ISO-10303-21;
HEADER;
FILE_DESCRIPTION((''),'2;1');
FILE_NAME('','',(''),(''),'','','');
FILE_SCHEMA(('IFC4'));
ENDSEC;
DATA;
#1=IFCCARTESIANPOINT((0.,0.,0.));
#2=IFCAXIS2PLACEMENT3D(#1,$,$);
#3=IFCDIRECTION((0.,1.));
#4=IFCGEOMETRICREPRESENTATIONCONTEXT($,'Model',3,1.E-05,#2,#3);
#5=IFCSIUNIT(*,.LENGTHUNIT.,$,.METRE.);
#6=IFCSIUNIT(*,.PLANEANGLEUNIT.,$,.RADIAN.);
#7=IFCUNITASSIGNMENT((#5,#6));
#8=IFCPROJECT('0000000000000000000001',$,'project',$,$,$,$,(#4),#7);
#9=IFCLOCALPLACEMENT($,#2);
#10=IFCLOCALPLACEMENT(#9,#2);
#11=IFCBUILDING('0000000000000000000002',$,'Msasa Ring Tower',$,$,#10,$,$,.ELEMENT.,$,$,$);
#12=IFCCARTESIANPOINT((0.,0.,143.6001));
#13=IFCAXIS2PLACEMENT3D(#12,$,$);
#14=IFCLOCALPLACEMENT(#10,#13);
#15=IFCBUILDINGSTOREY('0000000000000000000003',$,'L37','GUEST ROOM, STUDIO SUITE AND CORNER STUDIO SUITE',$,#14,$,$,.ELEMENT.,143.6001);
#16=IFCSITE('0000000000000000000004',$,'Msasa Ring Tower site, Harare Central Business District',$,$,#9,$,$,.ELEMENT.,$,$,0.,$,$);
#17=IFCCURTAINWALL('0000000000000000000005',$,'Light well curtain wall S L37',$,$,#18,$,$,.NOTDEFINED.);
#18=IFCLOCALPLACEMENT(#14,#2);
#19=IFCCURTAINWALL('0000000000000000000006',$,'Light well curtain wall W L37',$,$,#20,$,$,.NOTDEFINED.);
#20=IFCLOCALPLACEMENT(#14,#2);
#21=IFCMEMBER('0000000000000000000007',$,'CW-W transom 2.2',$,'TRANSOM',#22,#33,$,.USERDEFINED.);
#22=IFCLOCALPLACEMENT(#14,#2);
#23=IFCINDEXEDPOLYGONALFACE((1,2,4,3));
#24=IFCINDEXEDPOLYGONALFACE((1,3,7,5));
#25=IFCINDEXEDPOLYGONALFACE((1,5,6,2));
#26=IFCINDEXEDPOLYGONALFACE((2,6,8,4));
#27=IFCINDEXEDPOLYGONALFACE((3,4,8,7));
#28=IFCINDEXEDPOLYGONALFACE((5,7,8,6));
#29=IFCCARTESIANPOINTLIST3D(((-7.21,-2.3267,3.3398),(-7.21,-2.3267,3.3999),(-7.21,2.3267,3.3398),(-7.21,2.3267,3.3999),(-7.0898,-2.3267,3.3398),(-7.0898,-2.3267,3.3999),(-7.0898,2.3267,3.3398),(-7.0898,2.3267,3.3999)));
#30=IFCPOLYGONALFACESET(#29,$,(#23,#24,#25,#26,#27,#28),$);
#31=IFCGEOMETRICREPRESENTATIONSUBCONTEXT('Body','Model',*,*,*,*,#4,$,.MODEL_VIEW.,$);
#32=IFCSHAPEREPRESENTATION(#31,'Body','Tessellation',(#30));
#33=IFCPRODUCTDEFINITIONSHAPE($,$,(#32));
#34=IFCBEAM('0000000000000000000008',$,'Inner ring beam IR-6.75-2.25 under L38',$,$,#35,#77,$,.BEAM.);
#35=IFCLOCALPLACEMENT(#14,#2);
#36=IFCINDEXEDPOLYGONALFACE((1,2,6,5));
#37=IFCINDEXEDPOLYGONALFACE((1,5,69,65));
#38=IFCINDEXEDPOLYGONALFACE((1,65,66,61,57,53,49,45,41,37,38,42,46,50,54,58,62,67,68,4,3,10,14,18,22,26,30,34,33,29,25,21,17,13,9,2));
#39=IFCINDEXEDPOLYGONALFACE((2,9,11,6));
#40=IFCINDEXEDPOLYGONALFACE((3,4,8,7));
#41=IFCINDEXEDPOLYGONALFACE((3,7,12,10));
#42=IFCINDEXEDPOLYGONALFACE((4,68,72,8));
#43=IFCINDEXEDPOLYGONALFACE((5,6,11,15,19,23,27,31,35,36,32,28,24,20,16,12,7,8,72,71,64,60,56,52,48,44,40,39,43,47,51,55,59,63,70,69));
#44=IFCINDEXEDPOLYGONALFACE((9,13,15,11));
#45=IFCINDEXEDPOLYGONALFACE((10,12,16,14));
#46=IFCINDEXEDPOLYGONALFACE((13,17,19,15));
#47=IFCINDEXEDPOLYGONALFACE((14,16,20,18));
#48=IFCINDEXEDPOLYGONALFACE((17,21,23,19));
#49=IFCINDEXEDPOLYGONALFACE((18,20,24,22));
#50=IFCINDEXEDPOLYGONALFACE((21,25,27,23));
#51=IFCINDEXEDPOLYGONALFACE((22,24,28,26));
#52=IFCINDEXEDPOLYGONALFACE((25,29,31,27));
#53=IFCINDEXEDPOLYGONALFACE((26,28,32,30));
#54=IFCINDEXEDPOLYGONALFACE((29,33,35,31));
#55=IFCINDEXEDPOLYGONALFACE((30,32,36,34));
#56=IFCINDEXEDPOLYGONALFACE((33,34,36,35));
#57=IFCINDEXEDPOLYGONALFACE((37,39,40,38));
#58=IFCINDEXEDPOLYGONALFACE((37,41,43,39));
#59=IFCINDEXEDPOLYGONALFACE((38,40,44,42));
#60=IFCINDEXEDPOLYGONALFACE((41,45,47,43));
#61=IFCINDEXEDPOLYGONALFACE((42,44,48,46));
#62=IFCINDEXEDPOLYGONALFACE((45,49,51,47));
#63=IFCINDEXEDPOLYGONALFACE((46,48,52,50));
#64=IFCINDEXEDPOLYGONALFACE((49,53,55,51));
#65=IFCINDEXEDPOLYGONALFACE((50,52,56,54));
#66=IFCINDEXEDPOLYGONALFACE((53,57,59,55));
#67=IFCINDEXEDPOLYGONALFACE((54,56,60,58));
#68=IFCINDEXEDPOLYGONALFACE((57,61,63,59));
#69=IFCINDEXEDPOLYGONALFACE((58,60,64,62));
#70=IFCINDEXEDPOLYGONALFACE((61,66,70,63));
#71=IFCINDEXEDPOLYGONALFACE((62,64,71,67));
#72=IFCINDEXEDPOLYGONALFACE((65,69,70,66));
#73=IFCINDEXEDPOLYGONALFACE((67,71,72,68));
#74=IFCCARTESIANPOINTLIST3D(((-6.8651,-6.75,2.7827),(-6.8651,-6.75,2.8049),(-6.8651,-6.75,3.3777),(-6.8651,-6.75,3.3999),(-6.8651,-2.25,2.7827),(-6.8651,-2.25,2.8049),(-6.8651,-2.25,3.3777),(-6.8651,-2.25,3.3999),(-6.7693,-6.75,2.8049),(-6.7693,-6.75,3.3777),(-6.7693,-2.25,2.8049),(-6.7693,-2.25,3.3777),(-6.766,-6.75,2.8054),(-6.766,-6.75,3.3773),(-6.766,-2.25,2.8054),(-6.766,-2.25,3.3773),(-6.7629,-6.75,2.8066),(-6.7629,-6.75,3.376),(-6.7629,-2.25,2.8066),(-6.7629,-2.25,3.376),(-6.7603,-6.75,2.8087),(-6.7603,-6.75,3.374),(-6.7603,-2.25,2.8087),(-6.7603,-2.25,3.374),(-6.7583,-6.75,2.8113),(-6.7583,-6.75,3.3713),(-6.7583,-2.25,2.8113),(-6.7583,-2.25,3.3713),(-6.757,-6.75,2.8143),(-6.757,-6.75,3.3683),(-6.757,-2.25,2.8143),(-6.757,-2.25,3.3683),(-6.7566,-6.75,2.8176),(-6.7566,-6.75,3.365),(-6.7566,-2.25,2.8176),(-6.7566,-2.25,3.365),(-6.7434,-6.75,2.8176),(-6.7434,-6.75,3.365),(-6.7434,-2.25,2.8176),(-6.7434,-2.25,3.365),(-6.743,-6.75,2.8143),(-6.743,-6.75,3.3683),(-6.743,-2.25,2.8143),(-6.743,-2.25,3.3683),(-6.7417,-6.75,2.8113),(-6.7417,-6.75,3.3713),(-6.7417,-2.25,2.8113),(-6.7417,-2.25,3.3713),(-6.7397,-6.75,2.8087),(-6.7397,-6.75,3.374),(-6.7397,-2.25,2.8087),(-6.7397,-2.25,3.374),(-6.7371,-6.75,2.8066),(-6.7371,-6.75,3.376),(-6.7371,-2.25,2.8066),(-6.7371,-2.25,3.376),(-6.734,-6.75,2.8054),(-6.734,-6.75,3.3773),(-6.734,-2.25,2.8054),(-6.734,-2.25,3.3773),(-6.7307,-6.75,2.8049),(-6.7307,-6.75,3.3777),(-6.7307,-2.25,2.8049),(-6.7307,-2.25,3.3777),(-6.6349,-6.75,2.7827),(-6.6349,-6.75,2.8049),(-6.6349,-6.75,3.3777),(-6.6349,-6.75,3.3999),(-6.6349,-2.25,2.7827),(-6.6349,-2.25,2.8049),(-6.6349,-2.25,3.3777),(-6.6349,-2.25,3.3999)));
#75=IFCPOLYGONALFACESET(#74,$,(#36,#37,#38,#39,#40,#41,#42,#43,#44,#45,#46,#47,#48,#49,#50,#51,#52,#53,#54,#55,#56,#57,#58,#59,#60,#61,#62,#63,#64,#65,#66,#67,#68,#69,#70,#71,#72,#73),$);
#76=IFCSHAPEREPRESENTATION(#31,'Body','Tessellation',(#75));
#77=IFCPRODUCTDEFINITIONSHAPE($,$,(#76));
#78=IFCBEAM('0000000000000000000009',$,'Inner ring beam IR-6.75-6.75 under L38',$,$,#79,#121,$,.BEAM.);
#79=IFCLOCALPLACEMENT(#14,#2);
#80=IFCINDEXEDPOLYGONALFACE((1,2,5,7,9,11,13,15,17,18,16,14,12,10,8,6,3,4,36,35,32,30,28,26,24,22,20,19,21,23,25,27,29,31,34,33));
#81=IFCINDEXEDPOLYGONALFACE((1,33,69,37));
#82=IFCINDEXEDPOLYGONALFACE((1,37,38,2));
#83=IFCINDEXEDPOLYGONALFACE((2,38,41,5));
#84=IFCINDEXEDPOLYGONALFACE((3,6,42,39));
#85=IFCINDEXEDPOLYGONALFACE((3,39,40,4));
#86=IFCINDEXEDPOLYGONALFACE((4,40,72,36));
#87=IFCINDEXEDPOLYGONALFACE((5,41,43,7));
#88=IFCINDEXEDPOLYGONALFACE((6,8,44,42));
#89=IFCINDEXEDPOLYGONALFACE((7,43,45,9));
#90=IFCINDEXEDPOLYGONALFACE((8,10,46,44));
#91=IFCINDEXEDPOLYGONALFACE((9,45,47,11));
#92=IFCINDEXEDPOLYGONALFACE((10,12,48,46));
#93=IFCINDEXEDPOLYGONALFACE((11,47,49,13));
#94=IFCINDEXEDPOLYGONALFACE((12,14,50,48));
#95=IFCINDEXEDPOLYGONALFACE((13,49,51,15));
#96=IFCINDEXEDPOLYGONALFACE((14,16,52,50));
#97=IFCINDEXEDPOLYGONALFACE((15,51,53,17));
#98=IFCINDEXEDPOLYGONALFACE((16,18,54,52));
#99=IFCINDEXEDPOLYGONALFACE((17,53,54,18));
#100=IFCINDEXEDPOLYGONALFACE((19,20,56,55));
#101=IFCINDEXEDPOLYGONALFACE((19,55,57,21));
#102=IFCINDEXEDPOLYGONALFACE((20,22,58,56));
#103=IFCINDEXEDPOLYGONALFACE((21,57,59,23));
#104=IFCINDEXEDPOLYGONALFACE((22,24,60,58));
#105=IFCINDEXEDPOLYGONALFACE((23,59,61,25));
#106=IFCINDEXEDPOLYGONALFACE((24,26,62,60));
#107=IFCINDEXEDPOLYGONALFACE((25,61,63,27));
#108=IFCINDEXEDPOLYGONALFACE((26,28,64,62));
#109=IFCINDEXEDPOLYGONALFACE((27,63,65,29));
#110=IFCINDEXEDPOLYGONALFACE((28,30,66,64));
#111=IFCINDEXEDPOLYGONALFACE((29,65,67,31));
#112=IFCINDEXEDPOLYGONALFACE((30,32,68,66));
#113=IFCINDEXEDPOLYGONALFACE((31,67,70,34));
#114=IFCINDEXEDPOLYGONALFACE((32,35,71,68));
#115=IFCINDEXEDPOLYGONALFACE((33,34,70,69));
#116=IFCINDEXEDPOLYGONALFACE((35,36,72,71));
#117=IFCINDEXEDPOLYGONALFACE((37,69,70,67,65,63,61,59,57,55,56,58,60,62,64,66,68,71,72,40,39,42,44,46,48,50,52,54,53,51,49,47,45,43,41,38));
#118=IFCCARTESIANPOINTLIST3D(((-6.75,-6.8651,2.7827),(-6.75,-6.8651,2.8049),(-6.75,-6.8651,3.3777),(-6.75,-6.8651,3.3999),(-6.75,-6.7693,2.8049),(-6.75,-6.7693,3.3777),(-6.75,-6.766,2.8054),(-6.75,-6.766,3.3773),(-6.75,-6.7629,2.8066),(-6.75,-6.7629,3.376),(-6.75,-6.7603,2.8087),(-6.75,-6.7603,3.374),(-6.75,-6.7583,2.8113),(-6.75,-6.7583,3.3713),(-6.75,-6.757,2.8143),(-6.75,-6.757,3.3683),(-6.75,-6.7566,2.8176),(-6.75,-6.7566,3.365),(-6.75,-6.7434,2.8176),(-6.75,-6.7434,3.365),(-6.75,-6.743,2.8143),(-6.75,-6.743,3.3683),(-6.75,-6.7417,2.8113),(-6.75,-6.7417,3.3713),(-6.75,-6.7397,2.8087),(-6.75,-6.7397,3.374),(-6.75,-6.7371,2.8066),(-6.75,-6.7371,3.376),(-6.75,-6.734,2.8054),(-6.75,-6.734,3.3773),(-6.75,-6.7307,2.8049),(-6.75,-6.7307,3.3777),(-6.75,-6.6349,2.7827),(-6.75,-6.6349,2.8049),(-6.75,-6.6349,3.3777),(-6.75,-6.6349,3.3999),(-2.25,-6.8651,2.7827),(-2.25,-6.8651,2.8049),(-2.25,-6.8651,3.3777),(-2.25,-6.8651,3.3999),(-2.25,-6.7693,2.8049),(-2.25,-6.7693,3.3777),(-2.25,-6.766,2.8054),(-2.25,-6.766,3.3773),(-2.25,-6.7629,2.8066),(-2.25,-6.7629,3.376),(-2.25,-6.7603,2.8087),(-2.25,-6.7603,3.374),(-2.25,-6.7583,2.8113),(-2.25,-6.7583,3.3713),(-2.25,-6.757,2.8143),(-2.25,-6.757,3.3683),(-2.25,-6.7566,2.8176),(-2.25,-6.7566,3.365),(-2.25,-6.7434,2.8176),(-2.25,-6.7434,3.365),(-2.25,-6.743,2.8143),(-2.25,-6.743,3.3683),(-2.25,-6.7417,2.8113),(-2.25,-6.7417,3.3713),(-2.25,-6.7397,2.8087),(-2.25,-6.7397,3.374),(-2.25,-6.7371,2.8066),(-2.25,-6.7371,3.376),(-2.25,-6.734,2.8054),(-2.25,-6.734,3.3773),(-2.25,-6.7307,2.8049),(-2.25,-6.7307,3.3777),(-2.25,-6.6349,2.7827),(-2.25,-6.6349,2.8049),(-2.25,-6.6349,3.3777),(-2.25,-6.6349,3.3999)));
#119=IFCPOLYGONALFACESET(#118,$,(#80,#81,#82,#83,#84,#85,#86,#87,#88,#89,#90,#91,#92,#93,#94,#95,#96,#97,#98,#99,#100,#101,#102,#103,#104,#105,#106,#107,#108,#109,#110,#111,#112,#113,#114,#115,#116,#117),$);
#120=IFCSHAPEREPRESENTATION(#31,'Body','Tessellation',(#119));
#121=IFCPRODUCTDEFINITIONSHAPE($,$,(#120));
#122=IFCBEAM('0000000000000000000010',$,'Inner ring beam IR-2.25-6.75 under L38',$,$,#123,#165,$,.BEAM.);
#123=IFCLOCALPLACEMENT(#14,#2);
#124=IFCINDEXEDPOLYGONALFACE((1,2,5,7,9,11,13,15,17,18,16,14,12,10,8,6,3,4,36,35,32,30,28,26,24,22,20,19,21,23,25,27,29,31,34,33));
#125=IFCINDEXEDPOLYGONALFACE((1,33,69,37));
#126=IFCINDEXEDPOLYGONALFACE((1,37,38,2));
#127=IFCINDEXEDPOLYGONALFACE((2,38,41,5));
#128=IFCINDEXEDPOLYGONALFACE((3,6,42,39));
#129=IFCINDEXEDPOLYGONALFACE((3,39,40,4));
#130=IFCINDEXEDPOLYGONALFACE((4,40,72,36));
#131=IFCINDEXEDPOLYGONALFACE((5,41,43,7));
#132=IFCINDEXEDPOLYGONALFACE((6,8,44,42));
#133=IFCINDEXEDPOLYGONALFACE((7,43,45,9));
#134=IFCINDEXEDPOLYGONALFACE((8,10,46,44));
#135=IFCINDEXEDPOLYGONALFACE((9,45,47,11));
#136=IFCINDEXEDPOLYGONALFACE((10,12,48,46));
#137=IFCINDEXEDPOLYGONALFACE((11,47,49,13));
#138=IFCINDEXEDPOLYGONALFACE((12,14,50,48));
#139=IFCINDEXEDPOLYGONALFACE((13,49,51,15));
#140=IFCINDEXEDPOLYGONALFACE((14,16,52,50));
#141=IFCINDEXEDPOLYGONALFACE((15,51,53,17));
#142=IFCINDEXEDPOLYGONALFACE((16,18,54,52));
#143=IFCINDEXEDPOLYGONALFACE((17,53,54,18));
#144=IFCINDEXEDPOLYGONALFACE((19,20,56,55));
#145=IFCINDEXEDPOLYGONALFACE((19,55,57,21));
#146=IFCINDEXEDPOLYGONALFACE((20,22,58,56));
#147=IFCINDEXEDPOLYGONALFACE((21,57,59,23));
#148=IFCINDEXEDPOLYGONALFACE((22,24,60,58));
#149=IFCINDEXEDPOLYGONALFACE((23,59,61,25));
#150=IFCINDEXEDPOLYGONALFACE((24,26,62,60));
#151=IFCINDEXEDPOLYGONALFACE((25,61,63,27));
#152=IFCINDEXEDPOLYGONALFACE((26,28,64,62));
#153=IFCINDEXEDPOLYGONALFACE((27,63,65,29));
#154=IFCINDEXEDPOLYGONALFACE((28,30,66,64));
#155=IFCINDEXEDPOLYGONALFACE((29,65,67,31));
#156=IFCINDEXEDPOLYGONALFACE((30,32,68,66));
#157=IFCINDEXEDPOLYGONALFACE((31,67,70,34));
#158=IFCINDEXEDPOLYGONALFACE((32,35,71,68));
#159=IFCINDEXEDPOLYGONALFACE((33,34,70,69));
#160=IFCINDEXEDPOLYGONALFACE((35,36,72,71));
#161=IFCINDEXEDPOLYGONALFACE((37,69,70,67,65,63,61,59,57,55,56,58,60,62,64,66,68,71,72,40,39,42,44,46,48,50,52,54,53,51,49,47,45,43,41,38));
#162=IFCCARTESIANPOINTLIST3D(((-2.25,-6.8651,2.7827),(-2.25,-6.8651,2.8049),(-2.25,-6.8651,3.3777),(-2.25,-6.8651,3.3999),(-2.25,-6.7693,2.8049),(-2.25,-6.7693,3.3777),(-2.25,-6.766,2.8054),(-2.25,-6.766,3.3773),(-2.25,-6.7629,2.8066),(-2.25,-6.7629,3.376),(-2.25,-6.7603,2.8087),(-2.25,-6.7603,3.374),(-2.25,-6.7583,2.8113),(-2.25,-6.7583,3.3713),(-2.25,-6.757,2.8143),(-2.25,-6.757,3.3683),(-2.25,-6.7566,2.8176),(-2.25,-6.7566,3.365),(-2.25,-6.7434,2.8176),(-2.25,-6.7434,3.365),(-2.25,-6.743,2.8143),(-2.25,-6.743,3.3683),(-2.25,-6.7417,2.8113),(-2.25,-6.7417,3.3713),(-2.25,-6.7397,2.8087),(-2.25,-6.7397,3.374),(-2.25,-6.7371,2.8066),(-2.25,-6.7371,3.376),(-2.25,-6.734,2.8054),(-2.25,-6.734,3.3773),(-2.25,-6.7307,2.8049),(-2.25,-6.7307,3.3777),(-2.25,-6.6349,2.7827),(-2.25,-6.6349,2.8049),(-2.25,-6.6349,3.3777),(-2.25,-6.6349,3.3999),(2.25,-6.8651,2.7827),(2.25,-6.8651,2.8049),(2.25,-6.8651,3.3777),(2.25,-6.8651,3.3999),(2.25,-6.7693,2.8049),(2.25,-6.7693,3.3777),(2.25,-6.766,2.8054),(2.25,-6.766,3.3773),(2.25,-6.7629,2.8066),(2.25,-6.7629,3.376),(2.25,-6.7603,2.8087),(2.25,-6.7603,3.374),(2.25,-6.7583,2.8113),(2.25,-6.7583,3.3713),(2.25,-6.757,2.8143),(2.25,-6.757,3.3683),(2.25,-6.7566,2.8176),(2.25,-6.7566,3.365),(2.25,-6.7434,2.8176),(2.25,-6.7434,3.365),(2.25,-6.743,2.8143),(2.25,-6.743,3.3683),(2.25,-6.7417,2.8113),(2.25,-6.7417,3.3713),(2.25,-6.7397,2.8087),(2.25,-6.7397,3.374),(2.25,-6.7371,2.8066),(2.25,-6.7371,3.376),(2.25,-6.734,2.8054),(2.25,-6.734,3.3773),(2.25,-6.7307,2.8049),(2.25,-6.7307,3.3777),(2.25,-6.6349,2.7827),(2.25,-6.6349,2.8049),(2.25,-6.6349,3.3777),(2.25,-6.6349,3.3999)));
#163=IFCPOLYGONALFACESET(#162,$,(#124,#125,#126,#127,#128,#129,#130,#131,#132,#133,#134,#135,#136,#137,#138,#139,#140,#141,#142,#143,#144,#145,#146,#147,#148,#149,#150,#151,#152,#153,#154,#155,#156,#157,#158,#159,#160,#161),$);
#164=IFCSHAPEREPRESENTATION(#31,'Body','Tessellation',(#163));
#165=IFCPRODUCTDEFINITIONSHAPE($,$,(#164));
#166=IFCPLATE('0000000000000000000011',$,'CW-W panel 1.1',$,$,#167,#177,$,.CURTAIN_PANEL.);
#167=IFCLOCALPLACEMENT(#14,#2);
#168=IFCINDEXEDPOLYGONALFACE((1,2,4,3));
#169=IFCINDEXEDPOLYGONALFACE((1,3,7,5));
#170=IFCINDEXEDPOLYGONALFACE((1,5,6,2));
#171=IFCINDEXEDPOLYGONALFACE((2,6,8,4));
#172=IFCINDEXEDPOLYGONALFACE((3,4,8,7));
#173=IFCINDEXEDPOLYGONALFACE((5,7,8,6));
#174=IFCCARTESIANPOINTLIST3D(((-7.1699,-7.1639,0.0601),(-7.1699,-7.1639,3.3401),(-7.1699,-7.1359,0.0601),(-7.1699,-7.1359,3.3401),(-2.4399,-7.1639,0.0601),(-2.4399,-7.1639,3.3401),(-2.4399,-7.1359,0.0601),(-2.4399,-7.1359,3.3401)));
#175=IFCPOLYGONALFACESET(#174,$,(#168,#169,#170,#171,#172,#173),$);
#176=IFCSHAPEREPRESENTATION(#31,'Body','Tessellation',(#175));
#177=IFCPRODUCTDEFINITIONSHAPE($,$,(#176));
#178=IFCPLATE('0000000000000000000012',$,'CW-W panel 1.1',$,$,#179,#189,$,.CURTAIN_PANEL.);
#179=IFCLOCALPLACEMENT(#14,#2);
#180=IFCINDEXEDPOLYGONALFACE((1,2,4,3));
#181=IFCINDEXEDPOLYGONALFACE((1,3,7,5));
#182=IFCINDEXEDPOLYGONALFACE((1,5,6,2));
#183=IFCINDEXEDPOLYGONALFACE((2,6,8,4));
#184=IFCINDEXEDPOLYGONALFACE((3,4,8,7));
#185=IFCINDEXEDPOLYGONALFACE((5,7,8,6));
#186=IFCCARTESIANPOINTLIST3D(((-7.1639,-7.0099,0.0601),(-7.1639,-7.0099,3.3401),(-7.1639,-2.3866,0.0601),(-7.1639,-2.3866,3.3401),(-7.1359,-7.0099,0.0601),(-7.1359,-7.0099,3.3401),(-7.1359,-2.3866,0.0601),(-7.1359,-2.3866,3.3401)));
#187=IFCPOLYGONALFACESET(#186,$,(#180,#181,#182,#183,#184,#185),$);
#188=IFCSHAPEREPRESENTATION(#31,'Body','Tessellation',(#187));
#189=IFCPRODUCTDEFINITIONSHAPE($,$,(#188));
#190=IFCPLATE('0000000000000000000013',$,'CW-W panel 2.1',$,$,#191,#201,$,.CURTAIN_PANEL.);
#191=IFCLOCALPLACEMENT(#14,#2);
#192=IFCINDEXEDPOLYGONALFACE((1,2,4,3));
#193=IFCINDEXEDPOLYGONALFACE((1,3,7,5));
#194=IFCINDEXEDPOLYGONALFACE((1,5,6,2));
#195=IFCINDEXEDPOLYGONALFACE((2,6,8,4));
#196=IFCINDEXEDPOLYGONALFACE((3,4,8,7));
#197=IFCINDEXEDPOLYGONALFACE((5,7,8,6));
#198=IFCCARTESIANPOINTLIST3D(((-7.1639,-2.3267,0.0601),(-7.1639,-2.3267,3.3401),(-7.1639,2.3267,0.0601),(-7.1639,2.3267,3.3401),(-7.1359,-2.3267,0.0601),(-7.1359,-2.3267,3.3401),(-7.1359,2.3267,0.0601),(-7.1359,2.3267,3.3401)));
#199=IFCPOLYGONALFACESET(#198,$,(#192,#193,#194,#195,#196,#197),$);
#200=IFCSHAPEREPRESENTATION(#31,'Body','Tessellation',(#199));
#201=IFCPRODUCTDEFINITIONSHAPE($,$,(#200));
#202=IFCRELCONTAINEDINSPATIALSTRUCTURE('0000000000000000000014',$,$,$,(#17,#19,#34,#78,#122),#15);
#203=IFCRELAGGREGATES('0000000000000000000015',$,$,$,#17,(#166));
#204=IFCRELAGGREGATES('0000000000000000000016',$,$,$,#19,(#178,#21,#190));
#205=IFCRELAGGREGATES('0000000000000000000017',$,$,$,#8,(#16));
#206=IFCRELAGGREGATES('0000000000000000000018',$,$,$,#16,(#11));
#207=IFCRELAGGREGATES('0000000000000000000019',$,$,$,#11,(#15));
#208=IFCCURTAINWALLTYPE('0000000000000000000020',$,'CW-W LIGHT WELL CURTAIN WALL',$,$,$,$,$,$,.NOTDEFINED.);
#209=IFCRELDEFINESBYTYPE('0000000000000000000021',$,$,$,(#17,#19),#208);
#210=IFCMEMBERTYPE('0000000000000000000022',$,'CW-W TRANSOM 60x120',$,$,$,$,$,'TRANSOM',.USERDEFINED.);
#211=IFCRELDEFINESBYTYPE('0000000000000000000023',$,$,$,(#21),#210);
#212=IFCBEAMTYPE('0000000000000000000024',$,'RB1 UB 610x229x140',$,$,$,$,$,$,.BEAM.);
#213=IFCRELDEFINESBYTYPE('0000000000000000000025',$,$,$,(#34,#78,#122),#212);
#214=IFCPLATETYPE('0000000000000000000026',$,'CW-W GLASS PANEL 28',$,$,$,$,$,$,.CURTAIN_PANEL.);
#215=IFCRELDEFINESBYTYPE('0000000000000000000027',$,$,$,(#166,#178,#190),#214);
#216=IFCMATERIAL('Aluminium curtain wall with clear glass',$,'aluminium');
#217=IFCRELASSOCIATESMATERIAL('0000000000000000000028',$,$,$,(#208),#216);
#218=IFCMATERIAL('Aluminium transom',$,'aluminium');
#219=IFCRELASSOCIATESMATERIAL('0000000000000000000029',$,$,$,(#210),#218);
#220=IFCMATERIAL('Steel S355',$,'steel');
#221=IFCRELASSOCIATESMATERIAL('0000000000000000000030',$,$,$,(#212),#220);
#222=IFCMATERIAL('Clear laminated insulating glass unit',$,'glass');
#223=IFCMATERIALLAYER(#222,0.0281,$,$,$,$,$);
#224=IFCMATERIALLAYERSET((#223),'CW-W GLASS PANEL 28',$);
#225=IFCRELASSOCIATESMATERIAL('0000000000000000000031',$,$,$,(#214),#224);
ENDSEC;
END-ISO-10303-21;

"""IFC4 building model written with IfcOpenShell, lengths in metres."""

from ifc_helpers import new_model, si_unit, direction, frame, origin, origin_2d, place, context, subcontext, project, spatial, rectangle, i_section, extrude, material, layer, layer_set, material_profile, profile_set, type_object, element, aggregate, save


model = new_model("IFC4")

# Units and contexts
model_context = context("Model", 3, precision=1e-05, world=origin(), true_north=direction((0.0, 1.0)))
body_context = subcontext(model_context, "Body", "Model", "MODEL_VIEW")
ifc_project = project(units=[si_unit("LENGTHUNIT", "METRE"), si_unit("PLANEANGLEUNIT", "RADIAN")], contexts=[model_context])

# Site, building, storey
site_placement = place(None, origin())
site = spatial("IfcSite", under=ifc_project, at=site_placement, Name="Msasa Ring Tower site, Harare Central Business District", CompositionType="ELEMENT", RefElevation=0.0)
building_placement = place(site_placement, origin())
building = spatial("IfcBuilding", under=site, at=building_placement, Name="Msasa Ring Tower", CompositionType="ELEMENT")
storey_placement = place(building_placement, frame((0.0, 0.0, 143.6001)))
storey = spatial("IfcBuildingStorey", under=building, at=storey_placement, Name="L37", Description="GUEST ROOM, STUDIO SUITE AND CORNER STUDIO SUITE", CompositionType="ELEMENT", Elevation=143.6001)

# Curtain walls
ifc_material_1 = material(Name="Aluminium curtain wall with clear glass", Category="aluminium")
curtain_wall_type = type_object("IfcCurtainWallType", Name="CW-W LIGHT WELL CURTAIN WALL", PredefinedType="NOTDEFINED", material=ifc_material_1)
curtain_wall_1_placement = place(storey_placement, origin())
curtain_wall_1 = element("IfcCurtainWall", 1, at=curtain_wall_1_placement, inside=storey, type_object=curtain_wall_type, Name="Light well curtain wall S L37", PredefinedType="NOTDEFINED")
curtain_wall_2_placement = place(storey_placement, origin())
curtain_wall_2 = element("IfcCurtainWall", 2, at=curtain_wall_2_placement, inside=storey, type_object=curtain_wall_type, Name="Light well curtain wall W L37", PredefinedType="NOTDEFINED")

# Member
ifc_material_2 = material(Name="Aluminium transom", Category="aluminium")
ifc_material_profile_1 = material_profile(ifc_material_2, rectangle(XDim=0.1201, YDim=0.0601, at=origin_2d()), Name="AL 60x120")
ifc_profile_set_1 = profile_set([ifc_material_profile_1], Name="Aluminium transom")
member_type_1 = type_object("IfcMemberType", Name="CW-W TRANSOM 60x120", ElementType="TRANSOM", PredefinedType="USERDEFINED", material=ifc_profile_set_1)
member_1_placement = place(storey_placement, frame((-7.1499, -2.3267, 3.3699), z_axis=(0.0, 1.0, 0.0), x_axis=(-1.0, 0.0, 0.0)))
member_1 = element("IfcMember", 3, at=member_1_placement, type_object=member_type_1, Name="CW-W transom 2.2", ObjectType="TRANSOM", PredefinedType="USERDEFINED", context=body_context, shape_type="SweptSolid", body=[
    extrude(rectangle(XDim=0.1201, YDim=0.0601, at=origin_2d()), origin(), (0.0, 0.0, 1.0), 4.6533),
])

# Beams
ifc_material_3 = material(Name="Steel S355", Category="steel")
ifc_material_profile_2 = material_profile(ifc_material_3, i_section(OverallWidth=0.2302, OverallDepth=0.6172, WebThickness=0.0132, FlangeThickness=0.0222, FilletRadius=0.0127, at=origin_2d()), Name="UB 610x229x140")
ifc_profile_set_2 = profile_set([ifc_material_profile_2], Name="Steel S355")
beam_type = type_object("IfcBeamType", Name="RB1 UB 610x229x140", PredefinedType="BEAM", material=ifc_profile_set_2)
for number, where, z_axis, x_axis, name in (
    (4, (-6.75, -2.25, 3.0913), (0.0, -1.0, 0.0), (1.0, 0.0, 0.0), "Inner ring beam IR-6.75-2.25 under L38"),
    (5, (-6.75, -6.75, 3.0913), (1.0, 0.0, 0.0), (0.0, 1.0, 0.0), "Inner ring beam IR-6.75-6.75 under L38"),
    (6, (-2.25, -6.75, 3.0913), (1.0, 0.0, 0.0), (0.0, 1.0, 0.0), "Inner ring beam IR-2.25-6.75 under L38"),
):
    element("IfcBeam", number, at=place(storey_placement, frame(where, z_axis=z_axis, x_axis=x_axis)), inside=storey, type_object=beam_type, Name=name, PredefinedType="BEAM", context=body_context, shape_type="SweptSolid", body=[
        extrude(i_section(OverallWidth=0.2302, OverallDepth=0.6172, WebThickness=0.0132, FlangeThickness=0.0222, FilletRadius=0.0127, at=origin_2d()), origin(), (0.0, 0.0, 1.0), 4.5),
    ])

# Plates
ifc_material_4 = material(Name="Clear laminated insulating glass unit", Category="glass")
ifc_layer_1 = layer(ifc_material_4, 0.0281)
ifc_layer_set_1 = layer_set([ifc_layer_1], Name="CW-W GLASS PANEL 28")
plate_type = type_object("IfcPlateType", Name="CW-W GLASS PANEL 28", PredefinedType="CURTAIN_PANEL", material=ifc_layer_set_1)
plate_1_placement = place(storey_placement, frame((-4.8049, -7.1499, 0.0601), z_axis=(0.0, 0.0, 1.0), x_axis=(1.0, 0.0, 0.0)))
plate_1 = element("IfcPlate", 7, at=plate_1_placement, type_object=plate_type, Name="CW-W panel 1.1", PredefinedType="CURTAIN_PANEL", context=body_context, shape_type="SweptSolid", body=[
    extrude(rectangle(XDim=4.73, YDim=0.0281, at=origin_2d()), origin(), (0.0, 0.0, 1.0), 3.28),
])
aggregate(curtain_wall_1, [plate_1])
plate_2_placement = place(storey_placement, frame((-7.1499, -4.6982, 0.0601), z_axis=(0.0, 0.0, 1.0), x_axis=(0.0, 1.0, 0.0)))
plate_2 = element("IfcPlate", 8, at=plate_2_placement, type_object=plate_type, Name="CW-W panel 1.1", PredefinedType="CURTAIN_PANEL", context=body_context, shape_type="SweptSolid", body=[
    extrude(rectangle(XDim=4.6233, YDim=0.0281, at=origin_2d()), origin(), (0.0, 0.0, 1.0), 3.28),
])
plate_3_placement = place(storey_placement, frame((-7.1499, 0.0, 0.0601), z_axis=(0.0, 0.0, 1.0), x_axis=(0.0, 1.0, 0.0)))
plate_3 = element("IfcPlate", 9, at=plate_3_placement, type_object=plate_type, Name="CW-W panel 2.1", PredefinedType="CURTAIN_PANEL", context=body_context, shape_type="SweptSolid", body=[
    extrude(rectangle(XDim=4.6533, YDim=0.0281, at=origin_2d()), origin(), (0.0, 0.0, 1.0), 3.28),
])
aggregate(curtain_wall_2, [plate_2, member_1, plate_3])

save(model, "model.ifc")
